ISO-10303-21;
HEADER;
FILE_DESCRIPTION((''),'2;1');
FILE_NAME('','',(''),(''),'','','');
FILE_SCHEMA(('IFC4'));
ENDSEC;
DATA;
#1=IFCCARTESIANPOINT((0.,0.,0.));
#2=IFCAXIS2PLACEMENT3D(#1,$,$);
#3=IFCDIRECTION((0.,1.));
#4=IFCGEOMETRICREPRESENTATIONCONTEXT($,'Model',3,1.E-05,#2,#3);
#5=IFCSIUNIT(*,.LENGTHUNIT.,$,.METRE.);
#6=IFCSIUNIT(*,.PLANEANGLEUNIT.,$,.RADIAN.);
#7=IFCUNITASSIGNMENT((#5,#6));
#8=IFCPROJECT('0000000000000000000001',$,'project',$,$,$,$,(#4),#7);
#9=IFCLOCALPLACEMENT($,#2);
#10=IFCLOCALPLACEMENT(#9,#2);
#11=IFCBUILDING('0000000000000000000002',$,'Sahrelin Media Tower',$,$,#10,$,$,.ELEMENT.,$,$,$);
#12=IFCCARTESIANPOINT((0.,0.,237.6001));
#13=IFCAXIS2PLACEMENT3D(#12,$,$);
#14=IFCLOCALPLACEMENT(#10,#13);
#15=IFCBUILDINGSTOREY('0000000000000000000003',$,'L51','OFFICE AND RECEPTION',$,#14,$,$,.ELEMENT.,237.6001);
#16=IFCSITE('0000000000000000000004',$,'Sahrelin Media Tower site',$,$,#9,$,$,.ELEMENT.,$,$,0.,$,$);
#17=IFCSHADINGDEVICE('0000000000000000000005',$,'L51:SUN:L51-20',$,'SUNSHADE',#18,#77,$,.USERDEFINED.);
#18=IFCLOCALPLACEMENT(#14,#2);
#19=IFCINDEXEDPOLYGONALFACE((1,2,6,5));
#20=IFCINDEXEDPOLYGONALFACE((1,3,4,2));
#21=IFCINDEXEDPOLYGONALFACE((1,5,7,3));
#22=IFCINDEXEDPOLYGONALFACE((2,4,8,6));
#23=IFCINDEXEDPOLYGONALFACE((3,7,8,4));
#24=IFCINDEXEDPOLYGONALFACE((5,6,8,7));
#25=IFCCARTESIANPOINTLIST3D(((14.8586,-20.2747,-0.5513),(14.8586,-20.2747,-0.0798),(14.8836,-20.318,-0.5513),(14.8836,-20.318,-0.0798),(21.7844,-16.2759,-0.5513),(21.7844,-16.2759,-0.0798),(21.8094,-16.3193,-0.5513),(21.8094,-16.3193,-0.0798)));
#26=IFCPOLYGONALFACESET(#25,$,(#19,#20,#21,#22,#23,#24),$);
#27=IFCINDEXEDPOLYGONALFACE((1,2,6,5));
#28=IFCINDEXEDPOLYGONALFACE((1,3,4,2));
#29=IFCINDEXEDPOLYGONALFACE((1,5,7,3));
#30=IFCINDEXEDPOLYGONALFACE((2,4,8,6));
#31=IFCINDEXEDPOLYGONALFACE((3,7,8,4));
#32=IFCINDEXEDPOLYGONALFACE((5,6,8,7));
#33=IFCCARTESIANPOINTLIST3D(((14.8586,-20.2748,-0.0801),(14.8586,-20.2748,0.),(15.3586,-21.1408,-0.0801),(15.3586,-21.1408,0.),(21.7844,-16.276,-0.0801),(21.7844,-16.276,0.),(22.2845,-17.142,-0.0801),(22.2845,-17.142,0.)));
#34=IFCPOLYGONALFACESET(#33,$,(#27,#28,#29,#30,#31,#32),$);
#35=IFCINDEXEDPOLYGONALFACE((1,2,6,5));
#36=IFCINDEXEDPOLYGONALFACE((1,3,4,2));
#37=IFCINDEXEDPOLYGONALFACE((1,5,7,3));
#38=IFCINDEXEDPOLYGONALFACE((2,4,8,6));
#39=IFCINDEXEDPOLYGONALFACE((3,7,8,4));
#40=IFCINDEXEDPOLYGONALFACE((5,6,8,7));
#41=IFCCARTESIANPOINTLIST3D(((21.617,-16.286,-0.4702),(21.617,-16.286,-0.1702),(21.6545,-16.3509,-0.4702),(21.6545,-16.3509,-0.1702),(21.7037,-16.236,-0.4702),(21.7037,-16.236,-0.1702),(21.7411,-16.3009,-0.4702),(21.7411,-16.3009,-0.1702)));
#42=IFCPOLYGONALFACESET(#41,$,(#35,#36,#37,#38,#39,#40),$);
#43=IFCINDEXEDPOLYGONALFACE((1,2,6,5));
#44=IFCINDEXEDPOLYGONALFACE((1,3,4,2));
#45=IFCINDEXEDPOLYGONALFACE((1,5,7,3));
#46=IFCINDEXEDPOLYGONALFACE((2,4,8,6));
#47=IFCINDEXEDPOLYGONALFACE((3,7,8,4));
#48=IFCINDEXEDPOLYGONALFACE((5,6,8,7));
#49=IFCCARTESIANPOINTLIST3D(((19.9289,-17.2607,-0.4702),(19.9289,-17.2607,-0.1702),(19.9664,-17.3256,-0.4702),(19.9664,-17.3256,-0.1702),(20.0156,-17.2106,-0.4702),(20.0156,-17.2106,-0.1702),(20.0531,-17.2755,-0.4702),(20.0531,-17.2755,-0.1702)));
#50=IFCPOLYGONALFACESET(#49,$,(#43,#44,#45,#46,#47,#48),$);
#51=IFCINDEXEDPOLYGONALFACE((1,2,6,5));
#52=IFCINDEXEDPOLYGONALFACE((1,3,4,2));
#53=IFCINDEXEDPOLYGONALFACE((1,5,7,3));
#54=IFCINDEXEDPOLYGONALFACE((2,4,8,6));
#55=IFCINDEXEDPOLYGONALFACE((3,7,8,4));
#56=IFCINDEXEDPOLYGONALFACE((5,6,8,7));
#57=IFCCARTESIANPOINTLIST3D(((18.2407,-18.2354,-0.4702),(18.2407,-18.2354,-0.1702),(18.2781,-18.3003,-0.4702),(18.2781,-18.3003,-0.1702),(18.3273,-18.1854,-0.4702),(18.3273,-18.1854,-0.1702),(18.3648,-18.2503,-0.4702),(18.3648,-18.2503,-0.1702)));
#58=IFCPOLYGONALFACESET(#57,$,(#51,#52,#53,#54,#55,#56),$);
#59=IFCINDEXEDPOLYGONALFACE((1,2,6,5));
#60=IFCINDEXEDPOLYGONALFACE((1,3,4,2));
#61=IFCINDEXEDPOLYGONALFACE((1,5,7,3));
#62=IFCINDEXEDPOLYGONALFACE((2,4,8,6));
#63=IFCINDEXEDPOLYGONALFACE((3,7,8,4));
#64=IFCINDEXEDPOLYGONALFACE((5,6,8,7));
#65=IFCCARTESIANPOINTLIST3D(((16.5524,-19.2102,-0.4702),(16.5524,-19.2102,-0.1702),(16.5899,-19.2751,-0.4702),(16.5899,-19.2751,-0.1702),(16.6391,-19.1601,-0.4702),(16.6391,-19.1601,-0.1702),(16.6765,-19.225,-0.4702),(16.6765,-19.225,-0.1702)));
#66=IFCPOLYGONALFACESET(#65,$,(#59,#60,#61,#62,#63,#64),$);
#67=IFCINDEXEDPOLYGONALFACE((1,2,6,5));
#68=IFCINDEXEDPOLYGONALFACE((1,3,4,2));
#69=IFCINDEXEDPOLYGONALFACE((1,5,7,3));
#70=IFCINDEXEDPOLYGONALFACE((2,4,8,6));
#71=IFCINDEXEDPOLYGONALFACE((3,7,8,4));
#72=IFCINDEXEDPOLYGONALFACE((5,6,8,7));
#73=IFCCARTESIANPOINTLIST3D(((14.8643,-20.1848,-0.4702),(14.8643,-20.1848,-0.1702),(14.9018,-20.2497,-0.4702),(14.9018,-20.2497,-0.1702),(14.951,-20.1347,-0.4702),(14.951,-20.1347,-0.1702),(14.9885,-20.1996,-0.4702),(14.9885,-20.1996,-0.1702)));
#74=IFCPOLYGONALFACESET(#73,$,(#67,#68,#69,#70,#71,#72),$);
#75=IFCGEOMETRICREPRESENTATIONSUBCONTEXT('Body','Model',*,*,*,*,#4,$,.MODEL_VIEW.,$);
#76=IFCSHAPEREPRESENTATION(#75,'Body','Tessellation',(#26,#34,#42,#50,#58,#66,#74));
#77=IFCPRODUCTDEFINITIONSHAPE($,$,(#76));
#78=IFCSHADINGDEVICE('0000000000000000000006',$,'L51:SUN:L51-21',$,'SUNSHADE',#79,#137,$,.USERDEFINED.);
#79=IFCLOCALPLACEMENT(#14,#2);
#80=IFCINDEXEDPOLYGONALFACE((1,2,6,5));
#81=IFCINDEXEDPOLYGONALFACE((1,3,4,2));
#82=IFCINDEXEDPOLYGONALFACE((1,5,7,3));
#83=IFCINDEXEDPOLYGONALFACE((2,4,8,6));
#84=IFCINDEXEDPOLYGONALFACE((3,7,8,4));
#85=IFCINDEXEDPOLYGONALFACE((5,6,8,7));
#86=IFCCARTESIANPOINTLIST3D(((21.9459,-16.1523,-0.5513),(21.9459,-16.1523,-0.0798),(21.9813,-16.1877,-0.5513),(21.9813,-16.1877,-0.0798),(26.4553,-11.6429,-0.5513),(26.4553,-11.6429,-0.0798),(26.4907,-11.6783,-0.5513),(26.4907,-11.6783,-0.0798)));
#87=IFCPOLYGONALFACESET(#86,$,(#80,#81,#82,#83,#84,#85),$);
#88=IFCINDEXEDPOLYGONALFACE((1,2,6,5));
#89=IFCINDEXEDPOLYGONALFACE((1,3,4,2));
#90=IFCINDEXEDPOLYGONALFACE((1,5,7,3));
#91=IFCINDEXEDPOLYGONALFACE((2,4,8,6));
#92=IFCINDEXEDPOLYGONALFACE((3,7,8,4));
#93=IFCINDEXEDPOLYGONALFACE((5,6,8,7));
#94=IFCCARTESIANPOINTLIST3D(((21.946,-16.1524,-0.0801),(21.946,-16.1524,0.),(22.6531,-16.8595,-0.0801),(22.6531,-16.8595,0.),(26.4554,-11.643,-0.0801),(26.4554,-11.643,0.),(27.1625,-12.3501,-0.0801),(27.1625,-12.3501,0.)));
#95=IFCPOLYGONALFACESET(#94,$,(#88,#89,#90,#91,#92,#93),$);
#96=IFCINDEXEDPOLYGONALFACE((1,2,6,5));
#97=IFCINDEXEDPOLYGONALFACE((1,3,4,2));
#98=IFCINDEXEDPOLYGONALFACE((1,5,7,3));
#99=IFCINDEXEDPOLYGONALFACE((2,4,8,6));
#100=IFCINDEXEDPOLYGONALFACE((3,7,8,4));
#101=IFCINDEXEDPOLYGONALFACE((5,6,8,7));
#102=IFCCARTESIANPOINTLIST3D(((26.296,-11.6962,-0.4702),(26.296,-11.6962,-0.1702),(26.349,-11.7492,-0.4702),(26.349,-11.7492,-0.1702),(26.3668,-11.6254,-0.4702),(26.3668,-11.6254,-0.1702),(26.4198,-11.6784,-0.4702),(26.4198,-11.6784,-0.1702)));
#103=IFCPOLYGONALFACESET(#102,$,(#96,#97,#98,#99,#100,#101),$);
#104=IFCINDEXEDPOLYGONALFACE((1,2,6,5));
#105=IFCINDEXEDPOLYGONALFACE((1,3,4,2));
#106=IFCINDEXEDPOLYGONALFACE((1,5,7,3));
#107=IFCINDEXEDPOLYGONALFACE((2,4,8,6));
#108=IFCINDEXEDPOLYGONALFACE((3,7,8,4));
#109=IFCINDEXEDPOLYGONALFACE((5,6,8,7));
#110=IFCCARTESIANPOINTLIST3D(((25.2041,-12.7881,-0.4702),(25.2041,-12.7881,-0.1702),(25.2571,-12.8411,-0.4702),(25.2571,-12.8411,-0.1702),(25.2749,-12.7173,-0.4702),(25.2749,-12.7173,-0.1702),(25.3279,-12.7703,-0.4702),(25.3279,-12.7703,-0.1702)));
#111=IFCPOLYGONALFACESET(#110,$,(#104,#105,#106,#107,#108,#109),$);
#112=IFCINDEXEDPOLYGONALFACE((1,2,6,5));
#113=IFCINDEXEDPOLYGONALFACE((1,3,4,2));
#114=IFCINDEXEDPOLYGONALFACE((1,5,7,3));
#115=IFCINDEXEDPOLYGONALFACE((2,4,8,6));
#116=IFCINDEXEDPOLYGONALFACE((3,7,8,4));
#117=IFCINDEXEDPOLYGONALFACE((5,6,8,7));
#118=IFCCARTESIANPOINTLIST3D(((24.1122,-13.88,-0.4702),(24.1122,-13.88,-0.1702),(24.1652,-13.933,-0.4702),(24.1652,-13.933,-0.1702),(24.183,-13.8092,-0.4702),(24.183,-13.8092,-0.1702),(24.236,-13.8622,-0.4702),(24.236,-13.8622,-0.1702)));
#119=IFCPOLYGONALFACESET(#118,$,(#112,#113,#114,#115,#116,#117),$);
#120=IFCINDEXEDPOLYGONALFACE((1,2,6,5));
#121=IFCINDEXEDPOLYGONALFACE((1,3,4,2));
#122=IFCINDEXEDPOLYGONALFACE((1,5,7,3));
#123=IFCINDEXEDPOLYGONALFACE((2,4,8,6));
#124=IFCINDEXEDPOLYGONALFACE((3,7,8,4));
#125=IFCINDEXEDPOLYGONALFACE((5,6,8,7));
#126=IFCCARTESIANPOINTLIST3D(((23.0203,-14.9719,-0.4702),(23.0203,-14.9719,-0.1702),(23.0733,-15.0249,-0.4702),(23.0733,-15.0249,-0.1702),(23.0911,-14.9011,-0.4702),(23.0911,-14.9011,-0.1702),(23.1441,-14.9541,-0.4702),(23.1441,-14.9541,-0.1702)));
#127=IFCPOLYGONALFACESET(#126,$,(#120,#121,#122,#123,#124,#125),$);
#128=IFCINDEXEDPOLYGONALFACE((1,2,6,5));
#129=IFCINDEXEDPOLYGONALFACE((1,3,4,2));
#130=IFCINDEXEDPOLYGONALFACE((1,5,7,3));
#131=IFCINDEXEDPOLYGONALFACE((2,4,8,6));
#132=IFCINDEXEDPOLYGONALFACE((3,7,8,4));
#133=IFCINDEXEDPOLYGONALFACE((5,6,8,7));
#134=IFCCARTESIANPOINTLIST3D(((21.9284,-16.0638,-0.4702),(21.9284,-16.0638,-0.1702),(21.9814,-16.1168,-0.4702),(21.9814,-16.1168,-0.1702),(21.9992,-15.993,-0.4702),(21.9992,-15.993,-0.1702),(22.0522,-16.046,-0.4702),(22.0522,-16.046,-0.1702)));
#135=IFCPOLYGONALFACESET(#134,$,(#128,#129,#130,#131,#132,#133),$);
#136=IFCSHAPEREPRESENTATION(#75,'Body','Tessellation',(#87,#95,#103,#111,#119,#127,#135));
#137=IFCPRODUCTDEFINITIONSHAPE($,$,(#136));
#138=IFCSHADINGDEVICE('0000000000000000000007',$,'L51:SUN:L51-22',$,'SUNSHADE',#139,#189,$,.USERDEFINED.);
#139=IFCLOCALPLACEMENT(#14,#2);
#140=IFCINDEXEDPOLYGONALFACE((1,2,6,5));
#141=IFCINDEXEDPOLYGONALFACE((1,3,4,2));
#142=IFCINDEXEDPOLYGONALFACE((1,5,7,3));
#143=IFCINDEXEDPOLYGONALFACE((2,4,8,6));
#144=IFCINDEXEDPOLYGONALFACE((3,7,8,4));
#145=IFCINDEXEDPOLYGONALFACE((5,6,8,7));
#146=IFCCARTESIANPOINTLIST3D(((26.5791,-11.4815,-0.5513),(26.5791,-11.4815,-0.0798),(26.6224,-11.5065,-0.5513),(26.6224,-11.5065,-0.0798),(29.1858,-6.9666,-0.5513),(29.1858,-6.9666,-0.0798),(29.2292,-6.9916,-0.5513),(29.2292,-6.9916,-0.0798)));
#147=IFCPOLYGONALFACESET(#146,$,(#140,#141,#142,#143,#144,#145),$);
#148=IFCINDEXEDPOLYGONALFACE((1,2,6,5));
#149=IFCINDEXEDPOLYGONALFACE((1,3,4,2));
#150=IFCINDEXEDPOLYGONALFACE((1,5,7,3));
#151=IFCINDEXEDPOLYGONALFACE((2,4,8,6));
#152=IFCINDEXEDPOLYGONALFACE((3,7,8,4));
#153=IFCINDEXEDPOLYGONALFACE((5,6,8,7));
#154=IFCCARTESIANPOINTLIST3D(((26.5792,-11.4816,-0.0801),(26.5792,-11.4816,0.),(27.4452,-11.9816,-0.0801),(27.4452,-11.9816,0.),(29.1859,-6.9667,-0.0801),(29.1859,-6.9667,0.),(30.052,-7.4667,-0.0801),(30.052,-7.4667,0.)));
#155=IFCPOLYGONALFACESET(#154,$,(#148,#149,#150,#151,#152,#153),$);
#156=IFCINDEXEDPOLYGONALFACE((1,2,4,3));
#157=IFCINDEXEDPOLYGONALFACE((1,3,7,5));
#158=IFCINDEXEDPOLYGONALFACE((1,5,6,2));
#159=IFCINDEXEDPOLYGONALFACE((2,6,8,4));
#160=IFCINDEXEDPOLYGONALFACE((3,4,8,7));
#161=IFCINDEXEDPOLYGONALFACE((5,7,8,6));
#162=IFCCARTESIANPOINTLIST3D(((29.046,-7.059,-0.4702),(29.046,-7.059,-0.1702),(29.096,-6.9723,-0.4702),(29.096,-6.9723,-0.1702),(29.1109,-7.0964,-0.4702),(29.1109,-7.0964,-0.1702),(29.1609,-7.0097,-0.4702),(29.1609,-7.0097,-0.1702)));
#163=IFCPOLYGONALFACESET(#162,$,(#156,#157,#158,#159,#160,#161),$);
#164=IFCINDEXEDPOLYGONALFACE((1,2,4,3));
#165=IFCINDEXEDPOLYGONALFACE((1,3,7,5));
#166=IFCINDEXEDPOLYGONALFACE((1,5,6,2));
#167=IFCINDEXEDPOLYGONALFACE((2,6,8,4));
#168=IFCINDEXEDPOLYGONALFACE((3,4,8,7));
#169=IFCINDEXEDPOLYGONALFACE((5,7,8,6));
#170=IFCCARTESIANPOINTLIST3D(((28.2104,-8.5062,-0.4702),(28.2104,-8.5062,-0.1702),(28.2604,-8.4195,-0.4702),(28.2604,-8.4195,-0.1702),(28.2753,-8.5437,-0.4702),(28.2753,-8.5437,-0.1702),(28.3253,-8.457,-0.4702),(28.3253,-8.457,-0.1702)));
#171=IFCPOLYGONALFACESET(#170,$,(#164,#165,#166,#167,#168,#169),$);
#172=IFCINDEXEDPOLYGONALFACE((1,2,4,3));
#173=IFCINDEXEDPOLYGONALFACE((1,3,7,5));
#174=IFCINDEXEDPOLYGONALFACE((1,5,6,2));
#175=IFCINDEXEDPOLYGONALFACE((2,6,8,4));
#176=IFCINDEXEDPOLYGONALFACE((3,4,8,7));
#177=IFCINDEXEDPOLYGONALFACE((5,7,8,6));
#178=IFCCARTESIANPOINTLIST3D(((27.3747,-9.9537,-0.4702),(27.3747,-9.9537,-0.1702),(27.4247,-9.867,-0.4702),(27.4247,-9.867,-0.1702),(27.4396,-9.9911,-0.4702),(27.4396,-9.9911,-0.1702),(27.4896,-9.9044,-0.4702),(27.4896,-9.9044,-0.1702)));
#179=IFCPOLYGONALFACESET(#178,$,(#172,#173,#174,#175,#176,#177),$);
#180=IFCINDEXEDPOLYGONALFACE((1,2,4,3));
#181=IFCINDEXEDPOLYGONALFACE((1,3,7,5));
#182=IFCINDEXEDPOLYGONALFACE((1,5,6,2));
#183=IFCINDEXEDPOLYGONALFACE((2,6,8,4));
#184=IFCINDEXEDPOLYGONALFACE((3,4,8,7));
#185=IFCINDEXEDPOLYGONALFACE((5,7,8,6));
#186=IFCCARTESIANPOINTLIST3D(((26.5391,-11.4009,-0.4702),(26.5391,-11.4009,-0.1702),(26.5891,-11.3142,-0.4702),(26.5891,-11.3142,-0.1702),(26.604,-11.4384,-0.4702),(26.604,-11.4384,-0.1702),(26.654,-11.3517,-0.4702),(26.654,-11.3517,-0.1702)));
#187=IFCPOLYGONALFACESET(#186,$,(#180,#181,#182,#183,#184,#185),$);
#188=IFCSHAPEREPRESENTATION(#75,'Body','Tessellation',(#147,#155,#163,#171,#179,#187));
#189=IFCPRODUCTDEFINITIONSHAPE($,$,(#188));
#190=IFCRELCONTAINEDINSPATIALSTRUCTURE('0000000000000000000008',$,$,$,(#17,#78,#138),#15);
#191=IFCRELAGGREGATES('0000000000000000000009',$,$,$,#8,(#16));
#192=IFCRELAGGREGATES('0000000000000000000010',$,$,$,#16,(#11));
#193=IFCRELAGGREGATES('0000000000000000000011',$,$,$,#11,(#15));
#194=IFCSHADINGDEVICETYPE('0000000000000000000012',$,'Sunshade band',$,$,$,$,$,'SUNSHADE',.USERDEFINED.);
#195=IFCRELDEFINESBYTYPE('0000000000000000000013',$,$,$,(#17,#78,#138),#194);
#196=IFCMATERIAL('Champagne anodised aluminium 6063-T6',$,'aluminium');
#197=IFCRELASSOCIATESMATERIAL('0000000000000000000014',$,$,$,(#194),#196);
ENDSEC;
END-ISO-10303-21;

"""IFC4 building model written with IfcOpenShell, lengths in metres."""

from ifc_helpers import new_model, si_unit, direction, frame, origin, origin_2d, place, context, subcontext, project, spatial, rectangle, extrude, material, type_object, element, save


model = new_model("IFC4")

# Units and contexts
model_context = context("Model", 3, precision=1e-05, world=origin(), true_north=direction((0.0, 1.0)))
body_context = subcontext(model_context, "Body", "Model", "MODEL_VIEW")
ifc_project = project(units=[si_unit("LENGTHUNIT", "METRE"), si_unit("PLANEANGLEUNIT", "RADIAN")], contexts=[model_context])

# Site, building, storey
site_placement = place(None, origin())
site = spatial("IfcSite", under=ifc_project, at=site_placement, Name="Sahrelin Media Tower site", CompositionType="ELEMENT", RefElevation=0.0)
building_placement = place(site_placement, origin())
building = spatial("IfcBuilding", under=site, at=building_placement, Name="Sahrelin Media Tower", CompositionType="ELEMENT")
storey_placement = place(building_placement, frame((0.0, 0.0, 237.6001)))
storey = spatial("IfcBuildingStorey", under=building, at=storey_placement, Name="L51", Description="OFFICE AND RECEPTION", CompositionType="ELEMENT", Elevation=237.6001)

# Shared definitions
ifc_material_1 = material(Name="Champagne anodised aluminium 6063-T6", Category="aluminium")

# Shading devices
placement_1 = place(storey_placement, frame((18.3115, -18.2581, 0.0), z_axis=(0.0, 0.0, 1.0), x_axis=(-0.866019, -0.500011, 0.0)))
placement_2 = place(storey_placement, frame((24.1865, -13.8835, 0.0), z_axis=(0.0, 0.0, 1.0), x_axis=(-0.707107, -0.707107, 0.0)))
shading_device_type_1 = type_object("IfcShadingDeviceType", Name="Sunshade band", ElementType="SUNSHADE", PredefinedType="USERDEFINED", material=ifc_material_1)
element("IfcShadingDevice", 1, at=placement_1, inside=storey, type_object=shading_device_type_1, Name="L51:SUN:L51-20", ObjectType="SUNSHADE", PredefinedType="USERDEFINED", context=body_context, shape_type="SweptSolid", body=[
    extrude(rectangle(XDim=7.9973, YDim=0.05, at=origin_2d()), frame((0.0, 0.0449, -0.5513)), (0.0, 0.0, 1.0), 0.4714),
    extrude(rectangle(XDim=7.9973, YDim=1.0, at=origin_2d()), frame((0.0, 0.52, -0.0801)), (0.0, 0.0, 1.0), 0.0801),
    extrude(rectangle(XDim=0.1001, YDim=0.075, at=origin_2d()), frame((-3.8987, -0.0176, -0.4702)), (0.0, 0.0, 1.0), 0.3),
    extrude(rectangle(XDim=0.1001, YDim=0.075, at=origin_2d()), frame((-1.9495, -0.0176, -0.4702)), (0.0, 0.0, 1.0), 0.3),
    extrude(rectangle(XDim=0.1001, YDim=0.075, at=origin_2d()), frame((0.0, -0.0176, -0.4702)), (0.0, 0.0, 1.0), 0.3),
    extrude(rectangle(XDim=0.1001, YDim=0.075, at=origin_2d()), frame((1.9495, -0.0176, -0.4702)), (0.0, 0.0, 1.0), 0.3),
    extrude(rectangle(XDim=0.1001, YDim=0.075, at=origin_2d()), frame((3.8987, -0.0176, -0.4702)), (0.0, 0.0, 1.0), 0.3),
])
element("IfcShadingDevice", 2, at=placement_2, inside=storey, type_object=shading_device_type_1, Name="L51:SUN:L51-21", ObjectType="SUNSHADE", PredefinedType="USERDEFINED", context=body_context, shape_type="SweptSolid", body=[
    extrude(rectangle(XDim=6.3772, YDim=0.05, at=origin_2d()), frame((0.0, 0.0449, -0.5513)), (0.0, 0.0, 1.0), 0.4714),
    extrude(rectangle(XDim=6.3772, YDim=1.0, at=origin_2d()), frame((0.0, 0.52, -0.0801)), (0.0, 0.0, 1.0), 0.0801),
    extrude(rectangle(XDim=0.1001, YDim=0.075, at=origin_2d()), frame((-3.0884, -0.0176, -0.4702)), (0.0, 0.0, 1.0), 0.3),
    extrude(rectangle(XDim=0.1001, YDim=0.075, at=origin_2d()), frame((-1.5442, -0.0176, -0.4702)), (0.0, 0.0, 1.0), 0.3),
    extrude(rectangle(XDim=0.1001, YDim=0.075, at=origin_2d()), frame((0.0, -0.0176, -0.4702)), (0.0, 0.0, 1.0), 0.3),
    extrude(rectangle(XDim=0.1001, YDim=0.075, at=origin_2d()), frame((1.5442, -0.0176, -0.4702)), (0.0, 0.0, 1.0), 0.3),
    extrude(rectangle(XDim=0.1001, YDim=0.075, at=origin_2d()), frame((3.0884, -0.0176, -0.4702)), (0.0, 0.0, 1.0), 0.3),
])
shading_device_1_placement = place(storey_placement, frame((27.8652, -9.2141, 0.0), z_axis=(0.0, 0.0, 1.0), x_axis=(-0.500011, -0.866019, 0.0)))
element("IfcShadingDevice", 3, at=shading_device_1_placement, inside=storey, type_object=shading_device_type_1, Name="L51:SUN:L51-22", ObjectType="SUNSHADE", PredefinedType="USERDEFINED", context=body_context, shape_type="SweptSolid", body=[
    extrude(rectangle(XDim=5.2134, YDim=0.05, at=origin_2d()), frame((0.0, 0.0449, -0.5513)), (0.0, 0.0, 1.0), 0.4714),
    extrude(rectangle(XDim=5.2134, YDim=1.0, at=origin_2d()), frame((0.0, 0.52, -0.0801)), (0.0, 0.0, 1.0), 0.0801),
    extrude(rectangle(XDim=0.1001, YDim=0.075, at=origin_2d()), frame((-2.5068, -0.0176, -0.4702)), (0.0, 0.0, 1.0), 0.3),
    extrude(rectangle(XDim=0.1001, YDim=0.075, at=origin_2d()), frame((-0.8357, -0.0176, -0.4702)), (0.0, 0.0, 1.0), 0.3),
    extrude(rectangle(XDim=0.1001, YDim=0.075, at=origin_2d()), frame((0.8357, -0.0176, -0.4702)), (0.0, 0.0, 1.0), 0.3),
    extrude(rectangle(XDim=0.1001, YDim=0.075, at=origin_2d()), frame((2.5068, -0.0176, -0.4702)), (0.0, 0.0, 1.0), 0.3),
])

save(model, "model.ifc")
